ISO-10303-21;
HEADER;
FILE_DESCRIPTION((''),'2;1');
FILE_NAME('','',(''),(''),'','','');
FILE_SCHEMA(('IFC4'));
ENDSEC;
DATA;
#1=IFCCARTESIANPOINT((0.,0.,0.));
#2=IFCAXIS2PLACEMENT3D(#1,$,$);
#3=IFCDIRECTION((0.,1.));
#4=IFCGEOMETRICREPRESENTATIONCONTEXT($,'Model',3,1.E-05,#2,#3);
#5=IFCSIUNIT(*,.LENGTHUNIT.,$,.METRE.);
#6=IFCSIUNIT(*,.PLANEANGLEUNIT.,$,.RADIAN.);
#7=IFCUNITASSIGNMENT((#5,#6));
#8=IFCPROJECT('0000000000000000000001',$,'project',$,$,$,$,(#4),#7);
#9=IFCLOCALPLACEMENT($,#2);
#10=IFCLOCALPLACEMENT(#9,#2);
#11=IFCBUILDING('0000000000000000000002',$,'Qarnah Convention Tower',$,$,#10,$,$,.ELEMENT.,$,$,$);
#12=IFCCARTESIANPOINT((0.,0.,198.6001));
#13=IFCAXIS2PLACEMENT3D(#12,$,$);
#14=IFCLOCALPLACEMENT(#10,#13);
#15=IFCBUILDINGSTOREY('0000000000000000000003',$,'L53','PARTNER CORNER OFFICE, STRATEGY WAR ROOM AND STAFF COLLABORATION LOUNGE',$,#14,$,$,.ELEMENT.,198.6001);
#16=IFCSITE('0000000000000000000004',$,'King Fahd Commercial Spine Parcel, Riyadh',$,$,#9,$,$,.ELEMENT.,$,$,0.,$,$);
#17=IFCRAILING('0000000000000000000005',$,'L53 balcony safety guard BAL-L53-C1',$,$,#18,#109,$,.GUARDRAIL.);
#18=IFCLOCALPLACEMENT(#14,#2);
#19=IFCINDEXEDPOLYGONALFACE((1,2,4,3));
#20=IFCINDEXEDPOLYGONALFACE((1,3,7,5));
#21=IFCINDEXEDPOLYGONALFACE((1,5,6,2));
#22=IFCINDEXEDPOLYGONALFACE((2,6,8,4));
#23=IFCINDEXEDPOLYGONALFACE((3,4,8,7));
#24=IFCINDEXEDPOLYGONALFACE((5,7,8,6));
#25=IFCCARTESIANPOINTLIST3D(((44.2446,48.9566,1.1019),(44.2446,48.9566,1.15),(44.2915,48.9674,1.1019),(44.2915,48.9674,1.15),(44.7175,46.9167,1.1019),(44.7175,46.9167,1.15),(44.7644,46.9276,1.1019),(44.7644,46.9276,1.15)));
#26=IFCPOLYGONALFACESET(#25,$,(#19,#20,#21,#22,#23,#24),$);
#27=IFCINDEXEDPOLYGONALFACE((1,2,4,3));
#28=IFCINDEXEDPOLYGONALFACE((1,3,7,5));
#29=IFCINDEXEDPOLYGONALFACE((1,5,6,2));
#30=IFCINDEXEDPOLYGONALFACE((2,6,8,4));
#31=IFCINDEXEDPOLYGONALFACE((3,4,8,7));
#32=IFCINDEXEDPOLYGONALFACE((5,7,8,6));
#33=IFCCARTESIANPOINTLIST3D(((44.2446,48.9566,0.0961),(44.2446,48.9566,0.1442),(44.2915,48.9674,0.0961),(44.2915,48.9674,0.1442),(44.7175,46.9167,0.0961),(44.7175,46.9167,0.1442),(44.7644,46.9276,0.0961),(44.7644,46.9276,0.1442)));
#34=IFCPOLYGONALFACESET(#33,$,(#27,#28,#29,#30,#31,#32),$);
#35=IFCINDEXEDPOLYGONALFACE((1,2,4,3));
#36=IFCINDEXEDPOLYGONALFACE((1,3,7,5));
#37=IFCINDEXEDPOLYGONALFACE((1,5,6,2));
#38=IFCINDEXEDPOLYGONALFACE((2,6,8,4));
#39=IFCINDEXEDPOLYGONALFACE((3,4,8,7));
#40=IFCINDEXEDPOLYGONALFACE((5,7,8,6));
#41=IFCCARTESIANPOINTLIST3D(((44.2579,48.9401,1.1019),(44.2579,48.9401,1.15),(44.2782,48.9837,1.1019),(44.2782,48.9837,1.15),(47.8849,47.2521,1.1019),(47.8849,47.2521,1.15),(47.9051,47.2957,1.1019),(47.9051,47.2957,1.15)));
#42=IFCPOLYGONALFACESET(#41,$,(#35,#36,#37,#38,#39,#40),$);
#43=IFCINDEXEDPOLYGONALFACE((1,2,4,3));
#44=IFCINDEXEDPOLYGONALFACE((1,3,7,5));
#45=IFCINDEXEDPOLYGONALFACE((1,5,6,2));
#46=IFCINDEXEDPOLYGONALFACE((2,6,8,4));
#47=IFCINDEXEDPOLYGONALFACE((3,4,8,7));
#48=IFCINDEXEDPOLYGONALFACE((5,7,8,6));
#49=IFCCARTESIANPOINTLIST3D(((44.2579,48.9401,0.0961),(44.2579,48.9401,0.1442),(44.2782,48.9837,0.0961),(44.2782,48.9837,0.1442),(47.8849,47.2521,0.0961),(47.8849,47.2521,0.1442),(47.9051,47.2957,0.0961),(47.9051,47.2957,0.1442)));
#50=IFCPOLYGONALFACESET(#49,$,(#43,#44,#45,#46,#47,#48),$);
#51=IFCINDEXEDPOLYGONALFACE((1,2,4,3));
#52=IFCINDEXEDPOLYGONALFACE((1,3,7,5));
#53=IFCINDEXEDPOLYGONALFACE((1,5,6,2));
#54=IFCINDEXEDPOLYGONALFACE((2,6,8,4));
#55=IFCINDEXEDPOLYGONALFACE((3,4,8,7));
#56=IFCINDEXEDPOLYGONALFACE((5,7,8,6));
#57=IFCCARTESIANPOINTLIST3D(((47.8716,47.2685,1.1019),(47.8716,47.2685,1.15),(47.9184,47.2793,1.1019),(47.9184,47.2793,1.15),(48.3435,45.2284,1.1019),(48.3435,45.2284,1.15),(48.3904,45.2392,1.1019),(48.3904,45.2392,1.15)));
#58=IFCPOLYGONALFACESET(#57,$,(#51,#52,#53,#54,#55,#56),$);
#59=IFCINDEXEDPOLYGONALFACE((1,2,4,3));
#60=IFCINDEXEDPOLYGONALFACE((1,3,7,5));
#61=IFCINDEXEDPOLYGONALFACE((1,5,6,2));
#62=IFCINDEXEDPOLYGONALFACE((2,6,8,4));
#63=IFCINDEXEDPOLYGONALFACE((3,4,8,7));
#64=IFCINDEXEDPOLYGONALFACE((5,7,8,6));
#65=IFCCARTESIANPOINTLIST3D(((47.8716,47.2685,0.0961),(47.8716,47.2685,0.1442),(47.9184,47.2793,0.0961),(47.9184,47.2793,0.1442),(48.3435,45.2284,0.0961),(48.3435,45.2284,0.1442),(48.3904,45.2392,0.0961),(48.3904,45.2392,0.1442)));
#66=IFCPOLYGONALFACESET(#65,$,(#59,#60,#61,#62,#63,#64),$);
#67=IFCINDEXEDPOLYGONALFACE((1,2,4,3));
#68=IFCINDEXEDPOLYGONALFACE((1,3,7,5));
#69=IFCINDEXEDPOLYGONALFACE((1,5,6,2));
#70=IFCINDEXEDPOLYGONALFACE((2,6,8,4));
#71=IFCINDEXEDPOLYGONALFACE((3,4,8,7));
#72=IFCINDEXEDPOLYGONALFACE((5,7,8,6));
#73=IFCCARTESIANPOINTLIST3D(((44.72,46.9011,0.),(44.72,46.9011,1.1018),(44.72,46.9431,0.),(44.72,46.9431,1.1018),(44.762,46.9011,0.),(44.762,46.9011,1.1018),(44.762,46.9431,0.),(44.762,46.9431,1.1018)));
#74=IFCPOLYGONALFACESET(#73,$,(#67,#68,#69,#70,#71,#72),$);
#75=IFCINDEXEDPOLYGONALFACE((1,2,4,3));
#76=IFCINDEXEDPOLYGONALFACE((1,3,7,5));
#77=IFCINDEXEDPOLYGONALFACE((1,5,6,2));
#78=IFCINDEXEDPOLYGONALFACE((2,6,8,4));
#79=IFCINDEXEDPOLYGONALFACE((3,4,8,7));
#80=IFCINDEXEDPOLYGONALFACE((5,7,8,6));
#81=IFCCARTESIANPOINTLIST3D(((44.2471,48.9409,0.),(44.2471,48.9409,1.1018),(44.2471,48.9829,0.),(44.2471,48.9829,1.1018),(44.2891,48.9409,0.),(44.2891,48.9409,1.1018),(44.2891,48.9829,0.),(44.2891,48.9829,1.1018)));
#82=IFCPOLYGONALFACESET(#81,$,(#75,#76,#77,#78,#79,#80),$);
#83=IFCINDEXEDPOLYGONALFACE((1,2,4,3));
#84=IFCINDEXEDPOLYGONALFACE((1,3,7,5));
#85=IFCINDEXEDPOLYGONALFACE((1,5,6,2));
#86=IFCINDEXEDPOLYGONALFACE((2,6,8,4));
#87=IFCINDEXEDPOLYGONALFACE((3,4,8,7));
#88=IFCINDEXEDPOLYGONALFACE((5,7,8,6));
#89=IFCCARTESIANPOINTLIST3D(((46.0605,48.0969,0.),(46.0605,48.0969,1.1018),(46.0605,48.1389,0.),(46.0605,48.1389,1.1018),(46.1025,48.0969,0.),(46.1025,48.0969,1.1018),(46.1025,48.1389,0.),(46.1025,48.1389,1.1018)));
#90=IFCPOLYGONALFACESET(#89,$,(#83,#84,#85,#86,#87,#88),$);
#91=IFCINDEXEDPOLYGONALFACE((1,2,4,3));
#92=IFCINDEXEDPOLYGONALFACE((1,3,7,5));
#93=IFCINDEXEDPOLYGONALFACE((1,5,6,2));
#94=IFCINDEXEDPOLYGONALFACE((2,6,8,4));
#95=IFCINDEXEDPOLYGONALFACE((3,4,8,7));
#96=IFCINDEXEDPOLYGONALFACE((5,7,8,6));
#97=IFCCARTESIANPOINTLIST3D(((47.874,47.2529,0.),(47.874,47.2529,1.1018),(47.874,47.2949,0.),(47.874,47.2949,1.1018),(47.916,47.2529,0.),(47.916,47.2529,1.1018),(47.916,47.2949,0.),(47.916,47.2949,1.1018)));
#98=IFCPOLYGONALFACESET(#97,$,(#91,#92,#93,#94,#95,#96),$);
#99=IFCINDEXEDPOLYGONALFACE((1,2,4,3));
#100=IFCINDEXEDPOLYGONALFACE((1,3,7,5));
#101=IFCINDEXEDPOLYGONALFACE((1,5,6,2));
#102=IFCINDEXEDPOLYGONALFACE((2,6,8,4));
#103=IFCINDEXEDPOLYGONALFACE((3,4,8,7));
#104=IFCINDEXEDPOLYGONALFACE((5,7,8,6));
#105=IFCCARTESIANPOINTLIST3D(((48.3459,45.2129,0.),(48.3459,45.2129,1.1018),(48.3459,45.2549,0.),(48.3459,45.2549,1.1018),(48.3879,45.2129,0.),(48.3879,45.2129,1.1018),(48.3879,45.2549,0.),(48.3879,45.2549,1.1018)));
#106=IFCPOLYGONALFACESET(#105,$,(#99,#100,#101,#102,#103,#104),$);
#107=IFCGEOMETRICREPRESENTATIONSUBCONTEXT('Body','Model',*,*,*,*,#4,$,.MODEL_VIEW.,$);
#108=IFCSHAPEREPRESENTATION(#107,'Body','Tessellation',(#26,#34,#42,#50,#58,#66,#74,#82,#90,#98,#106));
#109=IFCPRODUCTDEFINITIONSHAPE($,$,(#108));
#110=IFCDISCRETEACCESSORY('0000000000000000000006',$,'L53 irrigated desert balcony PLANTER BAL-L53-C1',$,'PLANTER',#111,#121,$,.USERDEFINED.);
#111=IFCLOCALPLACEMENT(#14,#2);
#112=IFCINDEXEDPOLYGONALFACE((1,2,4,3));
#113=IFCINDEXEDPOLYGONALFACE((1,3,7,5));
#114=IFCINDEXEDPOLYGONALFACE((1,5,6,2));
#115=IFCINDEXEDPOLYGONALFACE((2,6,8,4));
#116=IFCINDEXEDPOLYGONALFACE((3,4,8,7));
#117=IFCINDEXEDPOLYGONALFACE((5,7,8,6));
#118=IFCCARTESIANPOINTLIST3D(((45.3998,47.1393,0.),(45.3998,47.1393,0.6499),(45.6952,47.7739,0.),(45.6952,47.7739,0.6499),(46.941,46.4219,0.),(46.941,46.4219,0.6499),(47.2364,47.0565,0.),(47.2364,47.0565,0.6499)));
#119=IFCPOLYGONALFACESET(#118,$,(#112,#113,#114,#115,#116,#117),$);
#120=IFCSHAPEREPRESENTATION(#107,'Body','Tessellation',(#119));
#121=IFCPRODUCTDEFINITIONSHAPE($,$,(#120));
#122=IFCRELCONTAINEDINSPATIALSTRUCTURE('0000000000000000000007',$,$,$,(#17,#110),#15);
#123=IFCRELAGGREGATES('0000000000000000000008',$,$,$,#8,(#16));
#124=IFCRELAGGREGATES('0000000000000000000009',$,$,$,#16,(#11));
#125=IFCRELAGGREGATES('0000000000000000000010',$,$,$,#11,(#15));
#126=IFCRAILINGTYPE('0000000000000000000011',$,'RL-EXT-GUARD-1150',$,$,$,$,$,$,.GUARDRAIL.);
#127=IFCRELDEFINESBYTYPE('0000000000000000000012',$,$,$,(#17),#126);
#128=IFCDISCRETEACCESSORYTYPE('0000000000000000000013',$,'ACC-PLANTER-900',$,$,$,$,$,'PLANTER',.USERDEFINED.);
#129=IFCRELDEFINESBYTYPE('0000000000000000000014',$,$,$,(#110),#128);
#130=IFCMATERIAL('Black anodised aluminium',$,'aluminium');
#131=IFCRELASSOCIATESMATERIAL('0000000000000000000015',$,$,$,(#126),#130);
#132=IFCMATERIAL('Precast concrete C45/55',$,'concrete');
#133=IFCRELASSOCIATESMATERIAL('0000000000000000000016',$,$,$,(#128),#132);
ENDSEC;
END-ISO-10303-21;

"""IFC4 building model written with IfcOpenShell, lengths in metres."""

from ifc_helpers import new_model, si_unit, direction, frame, origin, origin_2d, place, context, subcontext, project, spatial, rectangle, extrude, material, type_object, element, save


model = new_model("IFC4")

# Units and contexts
model_context = context("Model", 3, precision=1e-05, world=origin(), true_north=direction((0.0, 1.0)))
body_context = subcontext(model_context, "Body", "Model", "MODEL_VIEW")
ifc_project = project(units=[si_unit("LENGTHUNIT", "METRE"), si_unit("PLANEANGLEUNIT", "RADIAN")], contexts=[model_context])

# Site, building, storey
site_placement = place(None, origin())
site = spatial("IfcSite", under=ifc_project, at=site_placement, Name="King Fahd Commercial Spine Parcel, Riyadh", CompositionType="ELEMENT", RefElevation=0.0)
building_placement = place(site_placement, origin())
building = spatial("IfcBuilding", under=site, at=building_placement, Name="Qarnah Convention Tower", CompositionType="ELEMENT")
storey_placement = place(building_placement, frame((0.0, 0.0, 198.6001)))
storey = spatial("IfcBuildingStorey", under=building, at=storey_placement, Name="L53", Description="PARTNER CORNER OFFICE, STRATEGY WAR ROOM AND STAFF COLLABORATION LOUNGE", CompositionType="ELEMENT", Elevation=198.6001)

# Shared definitions
ifc_material_1 = material(Name="Black anodised aluminium", Category="aluminium")

# Shared definitions
ifc_material_2 = material(Name="Precast concrete C45/55", Category="concrete")

# Railing
railing_type = type_object("IfcRailingType", Name="RL-EXT-GUARD-1150", PredefinedType="GUARDRAIL", material=ifc_material_1)
railing_1_placement = place(storey_placement, frame((44.741, 46.9221, 0.0)))
element("IfcRailing", 1, at=railing_1_placement, inside=storey, type_object=railing_type, Name="L53 balcony safety guard BAL-L53-C1", PredefinedType="GUARDRAIL", context=body_context, shape_type="SweptSolid", body=[
    extrude(rectangle(XDim=0.0481, YDim=0.0481, at=origin_2d()), frame((0.0, 0.0, 1.126), z_axis=(-0.225847, 0.974163, 0.0), x_axis=(-0.974163, -0.225847, 0.0)), (0.0, 0.0, 1.0), 2.094),
    extrude(rectangle(XDim=0.0481, YDim=0.0481, at=origin_2d()), frame((0.0, 0.0, 0.1201), z_axis=(-0.225847, 0.974163, 0.0), x_axis=(-0.974163, -0.225847, 0.0)), (0.0, 0.0, 1.0), 2.094),
    extrude(rectangle(XDim=0.0481, YDim=0.0481, at=origin_2d()), frame((-0.4729, 2.0398, 1.126), z_axis=(0.906622, -0.421943, 0.0), x_axis=(0.421943, 0.906622, 0.0)), (0.0, 0.0, 1.0), 4.0005),
    extrude(rectangle(XDim=0.0481, YDim=0.0481, at=origin_2d()), frame((-0.4729, 2.0398, 0.1201), z_axis=(0.906622, -0.421943, 0.0), x_axis=(0.421943, 0.906622, 0.0)), (0.0, 0.0, 1.0), 4.0005),
    extrude(rectangle(XDim=0.0481, YDim=0.0481, at=origin_2d()), frame((3.1541, 0.3518, 1.126), z_axis=(0.225379, -0.974271, 0.0), x_axis=(0.974271, 0.225379, 0.0)), (0.0, 0.0, 1.0), 2.094),
    extrude(rectangle(XDim=0.0481, YDim=0.0481, at=origin_2d()), frame((3.1541, 0.3518, 0.1201), z_axis=(0.225379, -0.974271, 0.0), x_axis=(0.974271, 0.225379, 0.0)), (0.0, 0.0, 1.0), 2.094),
    extrude(rectangle(XDim=0.042, YDim=0.042, at=origin_2d()), origin(), (0.0, 0.0, 1.0), 1.1018),
    extrude(rectangle(XDim=0.042, YDim=0.042, at=origin_2d()), frame((-0.4729, 2.0398, 0.0)), (0.0, 0.0, 1.0), 1.1018),
    extrude(rectangle(XDim=0.042, YDim=0.042, at=origin_2d()), frame((1.3406, 1.1958, 0.0)), (0.0, 0.0, 1.0), 1.1018),
    extrude(rectangle(XDim=0.042, YDim=0.042, at=origin_2d()), frame((3.1541, 0.3518, 0.0)), (0.0, 0.0, 1.0), 1.1018),
    extrude(rectangle(XDim=0.042, YDim=0.042, at=origin_2d()), frame((3.626, -1.6882, 0.0)), (0.0, 0.0, 1.0), 1.1018),
])

# Discrete accessory
discrete_accessory_type = type_object("IfcDiscreteAccessoryType", Name="ACC-PLANTER-900", ElementType="PLANTER", PredefinedType="USERDEFINED", material=ifc_material_2)
discrete_accessory_placement = place(storey_placement, frame((46.3181, 47.0979, 0.0), z_axis=(0.0, 0.0, 1.0), x_axis=(-0.906603, 0.421985, 0.0)))
element("IfcDiscreteAccessory", 2, at=discrete_accessory_placement, inside=storey, type_object=discrete_accessory_type, Name="L53 irrigated desert balcony PLANTER BAL-L53-C1", ObjectType="PLANTER", PredefinedType="USERDEFINED", context=body_context, shape_type="SweptSolid", body=[
    extrude(rectangle(XDim=1.7, YDim=0.7, at=origin_2d()), origin(), (0.0, 0.0, 1.0), 0.6499),
])

save(model, "model.ifc")
